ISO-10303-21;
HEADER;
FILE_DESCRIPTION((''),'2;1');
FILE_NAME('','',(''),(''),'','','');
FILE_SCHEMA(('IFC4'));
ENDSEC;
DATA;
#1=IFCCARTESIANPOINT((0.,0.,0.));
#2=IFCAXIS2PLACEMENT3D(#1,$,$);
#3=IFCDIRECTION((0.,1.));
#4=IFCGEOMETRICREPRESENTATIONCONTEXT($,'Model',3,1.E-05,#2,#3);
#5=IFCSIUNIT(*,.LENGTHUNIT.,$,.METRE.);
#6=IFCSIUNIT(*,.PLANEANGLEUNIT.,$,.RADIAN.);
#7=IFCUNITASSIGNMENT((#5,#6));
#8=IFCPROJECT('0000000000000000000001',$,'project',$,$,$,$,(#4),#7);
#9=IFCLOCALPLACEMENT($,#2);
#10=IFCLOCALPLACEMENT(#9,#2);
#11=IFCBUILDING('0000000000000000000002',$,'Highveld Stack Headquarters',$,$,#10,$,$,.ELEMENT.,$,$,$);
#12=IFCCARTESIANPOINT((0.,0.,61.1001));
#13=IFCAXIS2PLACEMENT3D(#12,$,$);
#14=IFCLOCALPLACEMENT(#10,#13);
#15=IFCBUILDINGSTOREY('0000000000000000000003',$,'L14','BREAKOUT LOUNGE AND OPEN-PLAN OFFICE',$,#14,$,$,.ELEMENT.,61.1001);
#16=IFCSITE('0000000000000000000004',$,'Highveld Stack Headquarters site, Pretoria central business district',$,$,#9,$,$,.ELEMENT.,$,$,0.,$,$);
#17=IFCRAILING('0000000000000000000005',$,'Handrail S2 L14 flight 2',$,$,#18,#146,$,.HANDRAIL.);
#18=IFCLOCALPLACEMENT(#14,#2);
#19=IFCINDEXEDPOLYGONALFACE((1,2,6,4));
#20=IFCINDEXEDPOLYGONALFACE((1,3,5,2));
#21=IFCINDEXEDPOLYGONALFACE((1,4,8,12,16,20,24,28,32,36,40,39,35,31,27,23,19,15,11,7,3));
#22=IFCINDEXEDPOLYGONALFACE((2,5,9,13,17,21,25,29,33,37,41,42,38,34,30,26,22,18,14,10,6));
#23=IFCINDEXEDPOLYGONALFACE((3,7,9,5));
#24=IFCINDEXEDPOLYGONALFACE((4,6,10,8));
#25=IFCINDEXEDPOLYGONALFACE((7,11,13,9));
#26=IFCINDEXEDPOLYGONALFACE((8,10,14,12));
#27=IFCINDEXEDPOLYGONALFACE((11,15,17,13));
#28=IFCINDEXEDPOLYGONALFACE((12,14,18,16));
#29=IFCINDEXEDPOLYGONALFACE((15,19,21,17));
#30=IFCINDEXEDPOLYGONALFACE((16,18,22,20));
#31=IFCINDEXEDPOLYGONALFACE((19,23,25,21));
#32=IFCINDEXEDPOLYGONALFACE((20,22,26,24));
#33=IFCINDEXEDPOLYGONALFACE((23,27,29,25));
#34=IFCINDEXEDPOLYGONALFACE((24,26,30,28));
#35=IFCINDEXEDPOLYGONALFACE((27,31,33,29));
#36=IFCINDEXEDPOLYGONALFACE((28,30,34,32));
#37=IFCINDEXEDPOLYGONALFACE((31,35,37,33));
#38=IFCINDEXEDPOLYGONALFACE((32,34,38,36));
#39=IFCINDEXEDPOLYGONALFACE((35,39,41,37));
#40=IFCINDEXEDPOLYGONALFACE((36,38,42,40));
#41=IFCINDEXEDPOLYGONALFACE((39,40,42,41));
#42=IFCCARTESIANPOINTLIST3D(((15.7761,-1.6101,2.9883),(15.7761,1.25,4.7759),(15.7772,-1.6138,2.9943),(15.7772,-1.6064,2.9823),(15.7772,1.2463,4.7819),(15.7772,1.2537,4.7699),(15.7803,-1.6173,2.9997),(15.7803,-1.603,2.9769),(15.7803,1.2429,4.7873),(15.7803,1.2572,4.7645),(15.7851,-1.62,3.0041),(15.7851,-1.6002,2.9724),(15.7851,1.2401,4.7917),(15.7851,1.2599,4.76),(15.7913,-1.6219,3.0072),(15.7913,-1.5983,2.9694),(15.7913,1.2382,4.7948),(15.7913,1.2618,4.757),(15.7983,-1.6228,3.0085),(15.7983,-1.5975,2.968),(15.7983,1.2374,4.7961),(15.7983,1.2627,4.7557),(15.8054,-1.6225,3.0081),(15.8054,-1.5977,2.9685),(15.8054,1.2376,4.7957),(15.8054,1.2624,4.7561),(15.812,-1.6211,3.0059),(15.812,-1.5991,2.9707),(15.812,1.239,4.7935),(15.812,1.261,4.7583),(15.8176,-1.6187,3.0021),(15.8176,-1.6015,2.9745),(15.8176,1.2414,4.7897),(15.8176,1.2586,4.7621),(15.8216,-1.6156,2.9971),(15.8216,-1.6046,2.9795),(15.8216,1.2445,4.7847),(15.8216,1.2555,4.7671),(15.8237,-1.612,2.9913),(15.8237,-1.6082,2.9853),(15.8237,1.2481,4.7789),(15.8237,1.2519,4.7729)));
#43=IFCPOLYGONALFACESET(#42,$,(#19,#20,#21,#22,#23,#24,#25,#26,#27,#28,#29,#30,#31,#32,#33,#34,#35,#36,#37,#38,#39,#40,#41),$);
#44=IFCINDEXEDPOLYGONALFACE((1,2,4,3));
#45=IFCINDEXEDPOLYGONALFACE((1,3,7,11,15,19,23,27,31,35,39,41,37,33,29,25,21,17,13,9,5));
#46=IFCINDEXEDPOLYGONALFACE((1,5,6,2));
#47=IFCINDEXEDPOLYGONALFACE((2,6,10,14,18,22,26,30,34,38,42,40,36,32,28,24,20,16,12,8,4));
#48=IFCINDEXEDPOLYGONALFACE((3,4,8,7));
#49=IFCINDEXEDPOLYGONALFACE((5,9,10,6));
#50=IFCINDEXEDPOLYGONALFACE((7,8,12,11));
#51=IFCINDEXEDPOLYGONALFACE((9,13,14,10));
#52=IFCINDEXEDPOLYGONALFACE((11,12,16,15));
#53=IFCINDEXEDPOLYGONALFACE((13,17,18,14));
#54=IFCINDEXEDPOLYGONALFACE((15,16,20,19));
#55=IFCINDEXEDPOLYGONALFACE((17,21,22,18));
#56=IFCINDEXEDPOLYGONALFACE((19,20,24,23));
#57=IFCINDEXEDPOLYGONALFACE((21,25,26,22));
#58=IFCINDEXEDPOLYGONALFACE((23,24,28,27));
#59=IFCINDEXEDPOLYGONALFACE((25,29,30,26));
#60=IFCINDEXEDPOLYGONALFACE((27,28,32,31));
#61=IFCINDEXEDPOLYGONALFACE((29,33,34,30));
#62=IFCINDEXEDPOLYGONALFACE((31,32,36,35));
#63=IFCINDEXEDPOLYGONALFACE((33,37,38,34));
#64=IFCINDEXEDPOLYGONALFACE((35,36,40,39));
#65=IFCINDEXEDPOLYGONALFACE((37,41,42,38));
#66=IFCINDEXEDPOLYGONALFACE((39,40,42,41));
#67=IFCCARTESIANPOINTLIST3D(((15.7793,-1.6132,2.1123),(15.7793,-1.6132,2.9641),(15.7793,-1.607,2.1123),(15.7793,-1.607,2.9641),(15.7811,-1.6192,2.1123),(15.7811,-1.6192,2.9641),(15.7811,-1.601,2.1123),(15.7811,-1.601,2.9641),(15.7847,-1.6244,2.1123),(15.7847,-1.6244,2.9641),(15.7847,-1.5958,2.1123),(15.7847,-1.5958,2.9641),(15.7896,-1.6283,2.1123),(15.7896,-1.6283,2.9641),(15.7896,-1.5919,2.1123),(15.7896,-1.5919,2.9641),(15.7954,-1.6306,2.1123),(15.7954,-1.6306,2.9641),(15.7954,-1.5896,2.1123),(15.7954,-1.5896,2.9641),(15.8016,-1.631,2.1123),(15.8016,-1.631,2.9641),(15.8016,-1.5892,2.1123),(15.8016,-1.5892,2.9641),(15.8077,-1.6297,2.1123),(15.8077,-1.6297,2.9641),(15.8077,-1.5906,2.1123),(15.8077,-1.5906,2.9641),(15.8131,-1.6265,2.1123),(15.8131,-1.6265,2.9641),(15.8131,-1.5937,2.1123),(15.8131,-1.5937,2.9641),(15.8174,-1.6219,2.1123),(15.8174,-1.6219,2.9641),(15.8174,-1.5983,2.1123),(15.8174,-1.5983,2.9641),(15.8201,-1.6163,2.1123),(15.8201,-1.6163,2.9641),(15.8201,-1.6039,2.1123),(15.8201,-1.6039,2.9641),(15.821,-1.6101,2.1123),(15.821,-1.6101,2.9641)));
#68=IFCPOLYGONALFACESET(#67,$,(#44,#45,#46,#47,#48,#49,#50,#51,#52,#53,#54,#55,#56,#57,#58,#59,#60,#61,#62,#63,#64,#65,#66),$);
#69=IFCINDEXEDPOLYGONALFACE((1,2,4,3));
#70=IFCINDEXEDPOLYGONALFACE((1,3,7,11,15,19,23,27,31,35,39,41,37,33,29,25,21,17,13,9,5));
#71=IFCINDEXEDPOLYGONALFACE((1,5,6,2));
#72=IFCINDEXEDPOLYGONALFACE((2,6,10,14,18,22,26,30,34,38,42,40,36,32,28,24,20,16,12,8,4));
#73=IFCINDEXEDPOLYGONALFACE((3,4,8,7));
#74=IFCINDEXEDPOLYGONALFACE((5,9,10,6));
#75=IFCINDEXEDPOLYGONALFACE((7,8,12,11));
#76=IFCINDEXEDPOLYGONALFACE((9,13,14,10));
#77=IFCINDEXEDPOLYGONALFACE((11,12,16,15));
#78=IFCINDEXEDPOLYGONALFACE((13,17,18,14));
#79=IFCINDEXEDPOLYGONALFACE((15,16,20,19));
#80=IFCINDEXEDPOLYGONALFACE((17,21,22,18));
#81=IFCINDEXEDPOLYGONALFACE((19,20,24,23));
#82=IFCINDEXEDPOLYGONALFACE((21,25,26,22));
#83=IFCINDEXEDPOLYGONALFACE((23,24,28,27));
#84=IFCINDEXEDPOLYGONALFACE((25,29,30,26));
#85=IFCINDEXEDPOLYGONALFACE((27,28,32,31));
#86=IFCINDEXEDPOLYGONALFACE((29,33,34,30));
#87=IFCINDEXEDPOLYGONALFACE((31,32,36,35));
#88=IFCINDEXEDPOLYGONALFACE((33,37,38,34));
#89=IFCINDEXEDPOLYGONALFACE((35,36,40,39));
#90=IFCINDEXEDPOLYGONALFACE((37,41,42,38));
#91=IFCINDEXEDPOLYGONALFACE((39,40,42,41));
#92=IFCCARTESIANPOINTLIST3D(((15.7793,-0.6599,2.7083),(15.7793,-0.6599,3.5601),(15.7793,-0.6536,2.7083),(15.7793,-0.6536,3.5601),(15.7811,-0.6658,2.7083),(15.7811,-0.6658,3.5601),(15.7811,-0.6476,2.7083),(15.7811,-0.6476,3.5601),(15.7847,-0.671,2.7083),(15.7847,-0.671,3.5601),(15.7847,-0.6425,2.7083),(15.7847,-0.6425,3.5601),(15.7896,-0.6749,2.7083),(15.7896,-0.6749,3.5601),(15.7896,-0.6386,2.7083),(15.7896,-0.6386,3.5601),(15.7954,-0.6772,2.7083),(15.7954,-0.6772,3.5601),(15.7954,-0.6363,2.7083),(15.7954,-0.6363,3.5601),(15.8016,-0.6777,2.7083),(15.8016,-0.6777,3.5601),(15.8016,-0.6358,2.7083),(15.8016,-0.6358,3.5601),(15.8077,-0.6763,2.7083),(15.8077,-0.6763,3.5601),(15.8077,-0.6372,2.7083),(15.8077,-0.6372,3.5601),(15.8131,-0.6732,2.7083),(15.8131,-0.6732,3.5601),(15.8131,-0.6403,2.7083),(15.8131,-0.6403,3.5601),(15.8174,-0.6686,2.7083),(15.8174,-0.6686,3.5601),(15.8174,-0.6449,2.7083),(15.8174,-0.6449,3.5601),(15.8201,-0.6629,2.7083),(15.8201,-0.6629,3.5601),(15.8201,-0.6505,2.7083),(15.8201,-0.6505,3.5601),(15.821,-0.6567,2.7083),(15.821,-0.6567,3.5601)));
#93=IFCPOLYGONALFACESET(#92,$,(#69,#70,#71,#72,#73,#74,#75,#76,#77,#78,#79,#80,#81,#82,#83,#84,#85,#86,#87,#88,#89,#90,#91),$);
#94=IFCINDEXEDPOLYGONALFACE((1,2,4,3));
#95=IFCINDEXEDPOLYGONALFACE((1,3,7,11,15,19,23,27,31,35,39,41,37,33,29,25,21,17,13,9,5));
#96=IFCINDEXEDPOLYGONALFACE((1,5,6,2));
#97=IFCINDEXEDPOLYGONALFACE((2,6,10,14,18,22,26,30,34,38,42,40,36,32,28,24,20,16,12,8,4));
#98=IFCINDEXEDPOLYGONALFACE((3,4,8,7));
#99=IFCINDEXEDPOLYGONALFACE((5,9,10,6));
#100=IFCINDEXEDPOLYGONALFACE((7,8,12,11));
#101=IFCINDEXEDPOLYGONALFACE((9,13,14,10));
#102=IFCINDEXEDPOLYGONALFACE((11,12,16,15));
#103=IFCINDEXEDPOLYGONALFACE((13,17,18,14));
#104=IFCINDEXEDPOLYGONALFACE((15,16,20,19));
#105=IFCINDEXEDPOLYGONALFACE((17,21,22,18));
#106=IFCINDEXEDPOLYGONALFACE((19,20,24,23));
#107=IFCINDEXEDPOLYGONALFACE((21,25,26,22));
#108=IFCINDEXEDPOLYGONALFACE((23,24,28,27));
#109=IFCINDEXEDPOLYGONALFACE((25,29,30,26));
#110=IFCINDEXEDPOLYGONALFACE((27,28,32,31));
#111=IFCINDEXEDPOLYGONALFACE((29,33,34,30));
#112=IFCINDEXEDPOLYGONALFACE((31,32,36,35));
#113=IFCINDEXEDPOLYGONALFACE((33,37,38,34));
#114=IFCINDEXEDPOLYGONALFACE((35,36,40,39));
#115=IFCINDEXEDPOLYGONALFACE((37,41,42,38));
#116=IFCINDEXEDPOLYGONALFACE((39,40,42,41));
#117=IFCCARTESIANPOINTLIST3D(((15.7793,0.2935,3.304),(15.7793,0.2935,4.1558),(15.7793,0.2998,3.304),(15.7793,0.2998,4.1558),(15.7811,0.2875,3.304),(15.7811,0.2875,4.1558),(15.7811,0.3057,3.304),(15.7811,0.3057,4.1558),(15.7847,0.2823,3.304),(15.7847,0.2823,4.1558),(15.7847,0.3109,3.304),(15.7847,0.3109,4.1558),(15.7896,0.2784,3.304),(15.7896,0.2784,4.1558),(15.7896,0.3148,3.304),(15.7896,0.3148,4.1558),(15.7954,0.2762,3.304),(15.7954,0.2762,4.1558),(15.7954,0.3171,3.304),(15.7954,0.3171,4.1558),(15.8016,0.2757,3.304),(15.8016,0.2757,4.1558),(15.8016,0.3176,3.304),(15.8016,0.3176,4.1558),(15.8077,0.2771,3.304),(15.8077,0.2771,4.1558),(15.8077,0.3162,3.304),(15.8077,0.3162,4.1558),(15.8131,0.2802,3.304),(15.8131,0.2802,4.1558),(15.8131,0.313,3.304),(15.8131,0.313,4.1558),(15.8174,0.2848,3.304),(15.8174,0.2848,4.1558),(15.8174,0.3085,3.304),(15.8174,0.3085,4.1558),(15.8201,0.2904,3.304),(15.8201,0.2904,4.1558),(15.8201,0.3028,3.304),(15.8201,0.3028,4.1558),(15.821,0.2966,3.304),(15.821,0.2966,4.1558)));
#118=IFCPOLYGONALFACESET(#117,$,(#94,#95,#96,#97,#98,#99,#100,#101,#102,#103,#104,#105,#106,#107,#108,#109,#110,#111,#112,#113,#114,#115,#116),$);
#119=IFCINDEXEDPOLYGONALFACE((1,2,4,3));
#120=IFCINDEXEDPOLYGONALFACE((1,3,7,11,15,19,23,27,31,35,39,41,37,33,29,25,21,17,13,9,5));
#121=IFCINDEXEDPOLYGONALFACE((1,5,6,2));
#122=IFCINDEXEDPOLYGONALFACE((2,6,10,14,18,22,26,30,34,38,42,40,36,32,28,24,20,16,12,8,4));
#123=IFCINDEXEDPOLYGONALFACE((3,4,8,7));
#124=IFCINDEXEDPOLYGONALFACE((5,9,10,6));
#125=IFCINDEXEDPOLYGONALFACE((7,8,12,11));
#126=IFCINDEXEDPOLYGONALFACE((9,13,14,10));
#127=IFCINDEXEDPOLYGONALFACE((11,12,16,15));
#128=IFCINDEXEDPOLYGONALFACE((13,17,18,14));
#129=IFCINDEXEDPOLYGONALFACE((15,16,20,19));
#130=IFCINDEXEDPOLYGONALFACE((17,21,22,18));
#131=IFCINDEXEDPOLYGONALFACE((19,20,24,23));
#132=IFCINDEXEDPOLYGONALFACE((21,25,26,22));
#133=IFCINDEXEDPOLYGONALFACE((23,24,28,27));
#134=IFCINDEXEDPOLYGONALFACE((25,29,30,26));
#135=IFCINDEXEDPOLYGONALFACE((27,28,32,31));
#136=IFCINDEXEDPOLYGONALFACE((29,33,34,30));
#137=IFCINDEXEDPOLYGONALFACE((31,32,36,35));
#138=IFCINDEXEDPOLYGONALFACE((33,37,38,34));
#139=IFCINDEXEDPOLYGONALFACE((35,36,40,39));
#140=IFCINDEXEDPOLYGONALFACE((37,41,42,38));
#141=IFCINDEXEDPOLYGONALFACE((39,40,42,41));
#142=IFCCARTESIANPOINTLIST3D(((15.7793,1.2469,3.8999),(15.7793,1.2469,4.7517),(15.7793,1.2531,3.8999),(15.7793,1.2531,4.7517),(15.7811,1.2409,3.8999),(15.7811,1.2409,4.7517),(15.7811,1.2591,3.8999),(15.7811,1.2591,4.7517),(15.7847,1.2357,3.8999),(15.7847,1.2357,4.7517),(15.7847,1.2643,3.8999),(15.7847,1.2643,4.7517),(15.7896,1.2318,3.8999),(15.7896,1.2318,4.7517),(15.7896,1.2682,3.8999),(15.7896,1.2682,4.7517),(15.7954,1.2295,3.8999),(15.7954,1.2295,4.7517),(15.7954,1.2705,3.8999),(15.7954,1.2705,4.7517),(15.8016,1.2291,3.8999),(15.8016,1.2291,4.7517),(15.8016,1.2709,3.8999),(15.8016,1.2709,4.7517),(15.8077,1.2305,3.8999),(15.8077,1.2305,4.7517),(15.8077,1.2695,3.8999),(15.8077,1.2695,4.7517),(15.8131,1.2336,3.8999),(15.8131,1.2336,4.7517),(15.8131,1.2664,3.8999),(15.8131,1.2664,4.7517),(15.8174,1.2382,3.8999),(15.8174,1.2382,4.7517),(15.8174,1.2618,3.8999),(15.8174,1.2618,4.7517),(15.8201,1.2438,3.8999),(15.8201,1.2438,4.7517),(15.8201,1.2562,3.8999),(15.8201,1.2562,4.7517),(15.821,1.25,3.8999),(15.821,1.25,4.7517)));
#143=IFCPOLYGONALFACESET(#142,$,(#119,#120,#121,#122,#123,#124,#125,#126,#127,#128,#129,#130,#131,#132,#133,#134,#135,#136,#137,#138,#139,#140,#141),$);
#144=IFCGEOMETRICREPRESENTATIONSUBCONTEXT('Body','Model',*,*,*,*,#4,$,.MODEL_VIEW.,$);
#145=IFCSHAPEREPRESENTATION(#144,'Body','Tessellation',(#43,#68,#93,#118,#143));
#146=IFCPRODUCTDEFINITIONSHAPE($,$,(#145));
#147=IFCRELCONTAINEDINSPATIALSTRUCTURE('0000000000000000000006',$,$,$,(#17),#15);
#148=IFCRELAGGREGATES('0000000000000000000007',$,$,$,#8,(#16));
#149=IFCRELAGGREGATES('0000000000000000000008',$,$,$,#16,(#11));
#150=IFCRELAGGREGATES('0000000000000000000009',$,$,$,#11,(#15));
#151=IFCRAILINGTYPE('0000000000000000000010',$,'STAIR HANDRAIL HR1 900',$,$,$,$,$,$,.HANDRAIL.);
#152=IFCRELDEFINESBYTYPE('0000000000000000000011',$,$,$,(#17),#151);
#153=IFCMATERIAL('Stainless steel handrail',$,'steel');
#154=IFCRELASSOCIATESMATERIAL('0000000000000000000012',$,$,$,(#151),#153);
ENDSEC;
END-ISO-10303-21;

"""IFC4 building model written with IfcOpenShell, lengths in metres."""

from ifc_helpers import new_model, si_unit, direction, frame, origin, origin_2d, place, context, subcontext, project, spatial, circle, extrude, material, type_object, element, save


model = new_model("IFC4")

# Units and contexts
model_context = context("Model", 3, precision=1e-05, world=origin(), true_north=direction((0.0, 1.0)))
body_context = subcontext(model_context, "Body", "Model", "MODEL_VIEW")
ifc_project = project(units=[si_unit("LENGTHUNIT", "METRE"), si_unit("PLANEANGLEUNIT", "RADIAN")], contexts=[model_context])

# Site, building, storey
site_placement = place(None, origin())
site = spatial("IfcSite", under=ifc_project, at=site_placement, Name="Highveld Stack Headquarters site, Pretoria central business district", CompositionType="ELEMENT", RefElevation=0.0)
building_placement = place(site_placement, origin())
building = spatial("IfcBuilding", under=site, at=building_placement, Name="Highveld Stack Headquarters", CompositionType="ELEMENT")
storey_placement = place(building_placement, frame((0.0, 0.0, 61.1001)))
storey = spatial("IfcBuildingStorey", under=building, at=storey_placement, Name="L14", Description="BREAKOUT LOUNGE AND OPEN-PLAN OFFICE", CompositionType="ELEMENT", Elevation=61.1001)

# Railing
ifc_material_1 = material(Name="Stainless steel handrail", Category="steel")
railing_type = type_object("IfcRailingType", Name="STAIR HANDRAIL HR1 900", PredefinedType="HANDRAIL", material=ifc_material_1)
for number, where, name in (
    (1, (15.8, -1.6101, 2.1123), "Handrail S2 L14 flight 2"),
):
    element("IfcRailing", number, at=place(storey_placement, frame(where)), inside=storey, type_object=railing_type, Name=name, PredefinedType="HANDRAIL", context=body_context, shape_type="SweptSolid", body=[
        extrude(circle(Radius=0.0239, at=origin_2d()), frame((0.0, 0.0, 0.876), z_axis=(0.0, 0.847994, 0.530005), x_axis=(-1.0, 0.0, 0.0)), (0.0, 0.0, 1.0), 3.3728),
        extrude(circle(Radius=0.021, at=origin_2d()), origin(), (0.0, 0.0, 1.0), 0.8518),
        extrude(circle(Radius=0.021, at=origin_2d()), frame((0.0, 0.9534, 0.5959)), (0.0, 0.0, 1.0), 0.8518),
        extrude(circle(Radius=0.021, at=origin_2d()), frame((0.0, 1.9067, 1.1917)), (0.0, 0.0, 1.0), 0.8518),
        extrude(circle(Radius=0.021, at=origin_2d()), frame((0.0, 2.8601, 1.7876)), (0.0, 0.0, 1.0), 0.8518),
    ])

save(model, "model.ifc")
